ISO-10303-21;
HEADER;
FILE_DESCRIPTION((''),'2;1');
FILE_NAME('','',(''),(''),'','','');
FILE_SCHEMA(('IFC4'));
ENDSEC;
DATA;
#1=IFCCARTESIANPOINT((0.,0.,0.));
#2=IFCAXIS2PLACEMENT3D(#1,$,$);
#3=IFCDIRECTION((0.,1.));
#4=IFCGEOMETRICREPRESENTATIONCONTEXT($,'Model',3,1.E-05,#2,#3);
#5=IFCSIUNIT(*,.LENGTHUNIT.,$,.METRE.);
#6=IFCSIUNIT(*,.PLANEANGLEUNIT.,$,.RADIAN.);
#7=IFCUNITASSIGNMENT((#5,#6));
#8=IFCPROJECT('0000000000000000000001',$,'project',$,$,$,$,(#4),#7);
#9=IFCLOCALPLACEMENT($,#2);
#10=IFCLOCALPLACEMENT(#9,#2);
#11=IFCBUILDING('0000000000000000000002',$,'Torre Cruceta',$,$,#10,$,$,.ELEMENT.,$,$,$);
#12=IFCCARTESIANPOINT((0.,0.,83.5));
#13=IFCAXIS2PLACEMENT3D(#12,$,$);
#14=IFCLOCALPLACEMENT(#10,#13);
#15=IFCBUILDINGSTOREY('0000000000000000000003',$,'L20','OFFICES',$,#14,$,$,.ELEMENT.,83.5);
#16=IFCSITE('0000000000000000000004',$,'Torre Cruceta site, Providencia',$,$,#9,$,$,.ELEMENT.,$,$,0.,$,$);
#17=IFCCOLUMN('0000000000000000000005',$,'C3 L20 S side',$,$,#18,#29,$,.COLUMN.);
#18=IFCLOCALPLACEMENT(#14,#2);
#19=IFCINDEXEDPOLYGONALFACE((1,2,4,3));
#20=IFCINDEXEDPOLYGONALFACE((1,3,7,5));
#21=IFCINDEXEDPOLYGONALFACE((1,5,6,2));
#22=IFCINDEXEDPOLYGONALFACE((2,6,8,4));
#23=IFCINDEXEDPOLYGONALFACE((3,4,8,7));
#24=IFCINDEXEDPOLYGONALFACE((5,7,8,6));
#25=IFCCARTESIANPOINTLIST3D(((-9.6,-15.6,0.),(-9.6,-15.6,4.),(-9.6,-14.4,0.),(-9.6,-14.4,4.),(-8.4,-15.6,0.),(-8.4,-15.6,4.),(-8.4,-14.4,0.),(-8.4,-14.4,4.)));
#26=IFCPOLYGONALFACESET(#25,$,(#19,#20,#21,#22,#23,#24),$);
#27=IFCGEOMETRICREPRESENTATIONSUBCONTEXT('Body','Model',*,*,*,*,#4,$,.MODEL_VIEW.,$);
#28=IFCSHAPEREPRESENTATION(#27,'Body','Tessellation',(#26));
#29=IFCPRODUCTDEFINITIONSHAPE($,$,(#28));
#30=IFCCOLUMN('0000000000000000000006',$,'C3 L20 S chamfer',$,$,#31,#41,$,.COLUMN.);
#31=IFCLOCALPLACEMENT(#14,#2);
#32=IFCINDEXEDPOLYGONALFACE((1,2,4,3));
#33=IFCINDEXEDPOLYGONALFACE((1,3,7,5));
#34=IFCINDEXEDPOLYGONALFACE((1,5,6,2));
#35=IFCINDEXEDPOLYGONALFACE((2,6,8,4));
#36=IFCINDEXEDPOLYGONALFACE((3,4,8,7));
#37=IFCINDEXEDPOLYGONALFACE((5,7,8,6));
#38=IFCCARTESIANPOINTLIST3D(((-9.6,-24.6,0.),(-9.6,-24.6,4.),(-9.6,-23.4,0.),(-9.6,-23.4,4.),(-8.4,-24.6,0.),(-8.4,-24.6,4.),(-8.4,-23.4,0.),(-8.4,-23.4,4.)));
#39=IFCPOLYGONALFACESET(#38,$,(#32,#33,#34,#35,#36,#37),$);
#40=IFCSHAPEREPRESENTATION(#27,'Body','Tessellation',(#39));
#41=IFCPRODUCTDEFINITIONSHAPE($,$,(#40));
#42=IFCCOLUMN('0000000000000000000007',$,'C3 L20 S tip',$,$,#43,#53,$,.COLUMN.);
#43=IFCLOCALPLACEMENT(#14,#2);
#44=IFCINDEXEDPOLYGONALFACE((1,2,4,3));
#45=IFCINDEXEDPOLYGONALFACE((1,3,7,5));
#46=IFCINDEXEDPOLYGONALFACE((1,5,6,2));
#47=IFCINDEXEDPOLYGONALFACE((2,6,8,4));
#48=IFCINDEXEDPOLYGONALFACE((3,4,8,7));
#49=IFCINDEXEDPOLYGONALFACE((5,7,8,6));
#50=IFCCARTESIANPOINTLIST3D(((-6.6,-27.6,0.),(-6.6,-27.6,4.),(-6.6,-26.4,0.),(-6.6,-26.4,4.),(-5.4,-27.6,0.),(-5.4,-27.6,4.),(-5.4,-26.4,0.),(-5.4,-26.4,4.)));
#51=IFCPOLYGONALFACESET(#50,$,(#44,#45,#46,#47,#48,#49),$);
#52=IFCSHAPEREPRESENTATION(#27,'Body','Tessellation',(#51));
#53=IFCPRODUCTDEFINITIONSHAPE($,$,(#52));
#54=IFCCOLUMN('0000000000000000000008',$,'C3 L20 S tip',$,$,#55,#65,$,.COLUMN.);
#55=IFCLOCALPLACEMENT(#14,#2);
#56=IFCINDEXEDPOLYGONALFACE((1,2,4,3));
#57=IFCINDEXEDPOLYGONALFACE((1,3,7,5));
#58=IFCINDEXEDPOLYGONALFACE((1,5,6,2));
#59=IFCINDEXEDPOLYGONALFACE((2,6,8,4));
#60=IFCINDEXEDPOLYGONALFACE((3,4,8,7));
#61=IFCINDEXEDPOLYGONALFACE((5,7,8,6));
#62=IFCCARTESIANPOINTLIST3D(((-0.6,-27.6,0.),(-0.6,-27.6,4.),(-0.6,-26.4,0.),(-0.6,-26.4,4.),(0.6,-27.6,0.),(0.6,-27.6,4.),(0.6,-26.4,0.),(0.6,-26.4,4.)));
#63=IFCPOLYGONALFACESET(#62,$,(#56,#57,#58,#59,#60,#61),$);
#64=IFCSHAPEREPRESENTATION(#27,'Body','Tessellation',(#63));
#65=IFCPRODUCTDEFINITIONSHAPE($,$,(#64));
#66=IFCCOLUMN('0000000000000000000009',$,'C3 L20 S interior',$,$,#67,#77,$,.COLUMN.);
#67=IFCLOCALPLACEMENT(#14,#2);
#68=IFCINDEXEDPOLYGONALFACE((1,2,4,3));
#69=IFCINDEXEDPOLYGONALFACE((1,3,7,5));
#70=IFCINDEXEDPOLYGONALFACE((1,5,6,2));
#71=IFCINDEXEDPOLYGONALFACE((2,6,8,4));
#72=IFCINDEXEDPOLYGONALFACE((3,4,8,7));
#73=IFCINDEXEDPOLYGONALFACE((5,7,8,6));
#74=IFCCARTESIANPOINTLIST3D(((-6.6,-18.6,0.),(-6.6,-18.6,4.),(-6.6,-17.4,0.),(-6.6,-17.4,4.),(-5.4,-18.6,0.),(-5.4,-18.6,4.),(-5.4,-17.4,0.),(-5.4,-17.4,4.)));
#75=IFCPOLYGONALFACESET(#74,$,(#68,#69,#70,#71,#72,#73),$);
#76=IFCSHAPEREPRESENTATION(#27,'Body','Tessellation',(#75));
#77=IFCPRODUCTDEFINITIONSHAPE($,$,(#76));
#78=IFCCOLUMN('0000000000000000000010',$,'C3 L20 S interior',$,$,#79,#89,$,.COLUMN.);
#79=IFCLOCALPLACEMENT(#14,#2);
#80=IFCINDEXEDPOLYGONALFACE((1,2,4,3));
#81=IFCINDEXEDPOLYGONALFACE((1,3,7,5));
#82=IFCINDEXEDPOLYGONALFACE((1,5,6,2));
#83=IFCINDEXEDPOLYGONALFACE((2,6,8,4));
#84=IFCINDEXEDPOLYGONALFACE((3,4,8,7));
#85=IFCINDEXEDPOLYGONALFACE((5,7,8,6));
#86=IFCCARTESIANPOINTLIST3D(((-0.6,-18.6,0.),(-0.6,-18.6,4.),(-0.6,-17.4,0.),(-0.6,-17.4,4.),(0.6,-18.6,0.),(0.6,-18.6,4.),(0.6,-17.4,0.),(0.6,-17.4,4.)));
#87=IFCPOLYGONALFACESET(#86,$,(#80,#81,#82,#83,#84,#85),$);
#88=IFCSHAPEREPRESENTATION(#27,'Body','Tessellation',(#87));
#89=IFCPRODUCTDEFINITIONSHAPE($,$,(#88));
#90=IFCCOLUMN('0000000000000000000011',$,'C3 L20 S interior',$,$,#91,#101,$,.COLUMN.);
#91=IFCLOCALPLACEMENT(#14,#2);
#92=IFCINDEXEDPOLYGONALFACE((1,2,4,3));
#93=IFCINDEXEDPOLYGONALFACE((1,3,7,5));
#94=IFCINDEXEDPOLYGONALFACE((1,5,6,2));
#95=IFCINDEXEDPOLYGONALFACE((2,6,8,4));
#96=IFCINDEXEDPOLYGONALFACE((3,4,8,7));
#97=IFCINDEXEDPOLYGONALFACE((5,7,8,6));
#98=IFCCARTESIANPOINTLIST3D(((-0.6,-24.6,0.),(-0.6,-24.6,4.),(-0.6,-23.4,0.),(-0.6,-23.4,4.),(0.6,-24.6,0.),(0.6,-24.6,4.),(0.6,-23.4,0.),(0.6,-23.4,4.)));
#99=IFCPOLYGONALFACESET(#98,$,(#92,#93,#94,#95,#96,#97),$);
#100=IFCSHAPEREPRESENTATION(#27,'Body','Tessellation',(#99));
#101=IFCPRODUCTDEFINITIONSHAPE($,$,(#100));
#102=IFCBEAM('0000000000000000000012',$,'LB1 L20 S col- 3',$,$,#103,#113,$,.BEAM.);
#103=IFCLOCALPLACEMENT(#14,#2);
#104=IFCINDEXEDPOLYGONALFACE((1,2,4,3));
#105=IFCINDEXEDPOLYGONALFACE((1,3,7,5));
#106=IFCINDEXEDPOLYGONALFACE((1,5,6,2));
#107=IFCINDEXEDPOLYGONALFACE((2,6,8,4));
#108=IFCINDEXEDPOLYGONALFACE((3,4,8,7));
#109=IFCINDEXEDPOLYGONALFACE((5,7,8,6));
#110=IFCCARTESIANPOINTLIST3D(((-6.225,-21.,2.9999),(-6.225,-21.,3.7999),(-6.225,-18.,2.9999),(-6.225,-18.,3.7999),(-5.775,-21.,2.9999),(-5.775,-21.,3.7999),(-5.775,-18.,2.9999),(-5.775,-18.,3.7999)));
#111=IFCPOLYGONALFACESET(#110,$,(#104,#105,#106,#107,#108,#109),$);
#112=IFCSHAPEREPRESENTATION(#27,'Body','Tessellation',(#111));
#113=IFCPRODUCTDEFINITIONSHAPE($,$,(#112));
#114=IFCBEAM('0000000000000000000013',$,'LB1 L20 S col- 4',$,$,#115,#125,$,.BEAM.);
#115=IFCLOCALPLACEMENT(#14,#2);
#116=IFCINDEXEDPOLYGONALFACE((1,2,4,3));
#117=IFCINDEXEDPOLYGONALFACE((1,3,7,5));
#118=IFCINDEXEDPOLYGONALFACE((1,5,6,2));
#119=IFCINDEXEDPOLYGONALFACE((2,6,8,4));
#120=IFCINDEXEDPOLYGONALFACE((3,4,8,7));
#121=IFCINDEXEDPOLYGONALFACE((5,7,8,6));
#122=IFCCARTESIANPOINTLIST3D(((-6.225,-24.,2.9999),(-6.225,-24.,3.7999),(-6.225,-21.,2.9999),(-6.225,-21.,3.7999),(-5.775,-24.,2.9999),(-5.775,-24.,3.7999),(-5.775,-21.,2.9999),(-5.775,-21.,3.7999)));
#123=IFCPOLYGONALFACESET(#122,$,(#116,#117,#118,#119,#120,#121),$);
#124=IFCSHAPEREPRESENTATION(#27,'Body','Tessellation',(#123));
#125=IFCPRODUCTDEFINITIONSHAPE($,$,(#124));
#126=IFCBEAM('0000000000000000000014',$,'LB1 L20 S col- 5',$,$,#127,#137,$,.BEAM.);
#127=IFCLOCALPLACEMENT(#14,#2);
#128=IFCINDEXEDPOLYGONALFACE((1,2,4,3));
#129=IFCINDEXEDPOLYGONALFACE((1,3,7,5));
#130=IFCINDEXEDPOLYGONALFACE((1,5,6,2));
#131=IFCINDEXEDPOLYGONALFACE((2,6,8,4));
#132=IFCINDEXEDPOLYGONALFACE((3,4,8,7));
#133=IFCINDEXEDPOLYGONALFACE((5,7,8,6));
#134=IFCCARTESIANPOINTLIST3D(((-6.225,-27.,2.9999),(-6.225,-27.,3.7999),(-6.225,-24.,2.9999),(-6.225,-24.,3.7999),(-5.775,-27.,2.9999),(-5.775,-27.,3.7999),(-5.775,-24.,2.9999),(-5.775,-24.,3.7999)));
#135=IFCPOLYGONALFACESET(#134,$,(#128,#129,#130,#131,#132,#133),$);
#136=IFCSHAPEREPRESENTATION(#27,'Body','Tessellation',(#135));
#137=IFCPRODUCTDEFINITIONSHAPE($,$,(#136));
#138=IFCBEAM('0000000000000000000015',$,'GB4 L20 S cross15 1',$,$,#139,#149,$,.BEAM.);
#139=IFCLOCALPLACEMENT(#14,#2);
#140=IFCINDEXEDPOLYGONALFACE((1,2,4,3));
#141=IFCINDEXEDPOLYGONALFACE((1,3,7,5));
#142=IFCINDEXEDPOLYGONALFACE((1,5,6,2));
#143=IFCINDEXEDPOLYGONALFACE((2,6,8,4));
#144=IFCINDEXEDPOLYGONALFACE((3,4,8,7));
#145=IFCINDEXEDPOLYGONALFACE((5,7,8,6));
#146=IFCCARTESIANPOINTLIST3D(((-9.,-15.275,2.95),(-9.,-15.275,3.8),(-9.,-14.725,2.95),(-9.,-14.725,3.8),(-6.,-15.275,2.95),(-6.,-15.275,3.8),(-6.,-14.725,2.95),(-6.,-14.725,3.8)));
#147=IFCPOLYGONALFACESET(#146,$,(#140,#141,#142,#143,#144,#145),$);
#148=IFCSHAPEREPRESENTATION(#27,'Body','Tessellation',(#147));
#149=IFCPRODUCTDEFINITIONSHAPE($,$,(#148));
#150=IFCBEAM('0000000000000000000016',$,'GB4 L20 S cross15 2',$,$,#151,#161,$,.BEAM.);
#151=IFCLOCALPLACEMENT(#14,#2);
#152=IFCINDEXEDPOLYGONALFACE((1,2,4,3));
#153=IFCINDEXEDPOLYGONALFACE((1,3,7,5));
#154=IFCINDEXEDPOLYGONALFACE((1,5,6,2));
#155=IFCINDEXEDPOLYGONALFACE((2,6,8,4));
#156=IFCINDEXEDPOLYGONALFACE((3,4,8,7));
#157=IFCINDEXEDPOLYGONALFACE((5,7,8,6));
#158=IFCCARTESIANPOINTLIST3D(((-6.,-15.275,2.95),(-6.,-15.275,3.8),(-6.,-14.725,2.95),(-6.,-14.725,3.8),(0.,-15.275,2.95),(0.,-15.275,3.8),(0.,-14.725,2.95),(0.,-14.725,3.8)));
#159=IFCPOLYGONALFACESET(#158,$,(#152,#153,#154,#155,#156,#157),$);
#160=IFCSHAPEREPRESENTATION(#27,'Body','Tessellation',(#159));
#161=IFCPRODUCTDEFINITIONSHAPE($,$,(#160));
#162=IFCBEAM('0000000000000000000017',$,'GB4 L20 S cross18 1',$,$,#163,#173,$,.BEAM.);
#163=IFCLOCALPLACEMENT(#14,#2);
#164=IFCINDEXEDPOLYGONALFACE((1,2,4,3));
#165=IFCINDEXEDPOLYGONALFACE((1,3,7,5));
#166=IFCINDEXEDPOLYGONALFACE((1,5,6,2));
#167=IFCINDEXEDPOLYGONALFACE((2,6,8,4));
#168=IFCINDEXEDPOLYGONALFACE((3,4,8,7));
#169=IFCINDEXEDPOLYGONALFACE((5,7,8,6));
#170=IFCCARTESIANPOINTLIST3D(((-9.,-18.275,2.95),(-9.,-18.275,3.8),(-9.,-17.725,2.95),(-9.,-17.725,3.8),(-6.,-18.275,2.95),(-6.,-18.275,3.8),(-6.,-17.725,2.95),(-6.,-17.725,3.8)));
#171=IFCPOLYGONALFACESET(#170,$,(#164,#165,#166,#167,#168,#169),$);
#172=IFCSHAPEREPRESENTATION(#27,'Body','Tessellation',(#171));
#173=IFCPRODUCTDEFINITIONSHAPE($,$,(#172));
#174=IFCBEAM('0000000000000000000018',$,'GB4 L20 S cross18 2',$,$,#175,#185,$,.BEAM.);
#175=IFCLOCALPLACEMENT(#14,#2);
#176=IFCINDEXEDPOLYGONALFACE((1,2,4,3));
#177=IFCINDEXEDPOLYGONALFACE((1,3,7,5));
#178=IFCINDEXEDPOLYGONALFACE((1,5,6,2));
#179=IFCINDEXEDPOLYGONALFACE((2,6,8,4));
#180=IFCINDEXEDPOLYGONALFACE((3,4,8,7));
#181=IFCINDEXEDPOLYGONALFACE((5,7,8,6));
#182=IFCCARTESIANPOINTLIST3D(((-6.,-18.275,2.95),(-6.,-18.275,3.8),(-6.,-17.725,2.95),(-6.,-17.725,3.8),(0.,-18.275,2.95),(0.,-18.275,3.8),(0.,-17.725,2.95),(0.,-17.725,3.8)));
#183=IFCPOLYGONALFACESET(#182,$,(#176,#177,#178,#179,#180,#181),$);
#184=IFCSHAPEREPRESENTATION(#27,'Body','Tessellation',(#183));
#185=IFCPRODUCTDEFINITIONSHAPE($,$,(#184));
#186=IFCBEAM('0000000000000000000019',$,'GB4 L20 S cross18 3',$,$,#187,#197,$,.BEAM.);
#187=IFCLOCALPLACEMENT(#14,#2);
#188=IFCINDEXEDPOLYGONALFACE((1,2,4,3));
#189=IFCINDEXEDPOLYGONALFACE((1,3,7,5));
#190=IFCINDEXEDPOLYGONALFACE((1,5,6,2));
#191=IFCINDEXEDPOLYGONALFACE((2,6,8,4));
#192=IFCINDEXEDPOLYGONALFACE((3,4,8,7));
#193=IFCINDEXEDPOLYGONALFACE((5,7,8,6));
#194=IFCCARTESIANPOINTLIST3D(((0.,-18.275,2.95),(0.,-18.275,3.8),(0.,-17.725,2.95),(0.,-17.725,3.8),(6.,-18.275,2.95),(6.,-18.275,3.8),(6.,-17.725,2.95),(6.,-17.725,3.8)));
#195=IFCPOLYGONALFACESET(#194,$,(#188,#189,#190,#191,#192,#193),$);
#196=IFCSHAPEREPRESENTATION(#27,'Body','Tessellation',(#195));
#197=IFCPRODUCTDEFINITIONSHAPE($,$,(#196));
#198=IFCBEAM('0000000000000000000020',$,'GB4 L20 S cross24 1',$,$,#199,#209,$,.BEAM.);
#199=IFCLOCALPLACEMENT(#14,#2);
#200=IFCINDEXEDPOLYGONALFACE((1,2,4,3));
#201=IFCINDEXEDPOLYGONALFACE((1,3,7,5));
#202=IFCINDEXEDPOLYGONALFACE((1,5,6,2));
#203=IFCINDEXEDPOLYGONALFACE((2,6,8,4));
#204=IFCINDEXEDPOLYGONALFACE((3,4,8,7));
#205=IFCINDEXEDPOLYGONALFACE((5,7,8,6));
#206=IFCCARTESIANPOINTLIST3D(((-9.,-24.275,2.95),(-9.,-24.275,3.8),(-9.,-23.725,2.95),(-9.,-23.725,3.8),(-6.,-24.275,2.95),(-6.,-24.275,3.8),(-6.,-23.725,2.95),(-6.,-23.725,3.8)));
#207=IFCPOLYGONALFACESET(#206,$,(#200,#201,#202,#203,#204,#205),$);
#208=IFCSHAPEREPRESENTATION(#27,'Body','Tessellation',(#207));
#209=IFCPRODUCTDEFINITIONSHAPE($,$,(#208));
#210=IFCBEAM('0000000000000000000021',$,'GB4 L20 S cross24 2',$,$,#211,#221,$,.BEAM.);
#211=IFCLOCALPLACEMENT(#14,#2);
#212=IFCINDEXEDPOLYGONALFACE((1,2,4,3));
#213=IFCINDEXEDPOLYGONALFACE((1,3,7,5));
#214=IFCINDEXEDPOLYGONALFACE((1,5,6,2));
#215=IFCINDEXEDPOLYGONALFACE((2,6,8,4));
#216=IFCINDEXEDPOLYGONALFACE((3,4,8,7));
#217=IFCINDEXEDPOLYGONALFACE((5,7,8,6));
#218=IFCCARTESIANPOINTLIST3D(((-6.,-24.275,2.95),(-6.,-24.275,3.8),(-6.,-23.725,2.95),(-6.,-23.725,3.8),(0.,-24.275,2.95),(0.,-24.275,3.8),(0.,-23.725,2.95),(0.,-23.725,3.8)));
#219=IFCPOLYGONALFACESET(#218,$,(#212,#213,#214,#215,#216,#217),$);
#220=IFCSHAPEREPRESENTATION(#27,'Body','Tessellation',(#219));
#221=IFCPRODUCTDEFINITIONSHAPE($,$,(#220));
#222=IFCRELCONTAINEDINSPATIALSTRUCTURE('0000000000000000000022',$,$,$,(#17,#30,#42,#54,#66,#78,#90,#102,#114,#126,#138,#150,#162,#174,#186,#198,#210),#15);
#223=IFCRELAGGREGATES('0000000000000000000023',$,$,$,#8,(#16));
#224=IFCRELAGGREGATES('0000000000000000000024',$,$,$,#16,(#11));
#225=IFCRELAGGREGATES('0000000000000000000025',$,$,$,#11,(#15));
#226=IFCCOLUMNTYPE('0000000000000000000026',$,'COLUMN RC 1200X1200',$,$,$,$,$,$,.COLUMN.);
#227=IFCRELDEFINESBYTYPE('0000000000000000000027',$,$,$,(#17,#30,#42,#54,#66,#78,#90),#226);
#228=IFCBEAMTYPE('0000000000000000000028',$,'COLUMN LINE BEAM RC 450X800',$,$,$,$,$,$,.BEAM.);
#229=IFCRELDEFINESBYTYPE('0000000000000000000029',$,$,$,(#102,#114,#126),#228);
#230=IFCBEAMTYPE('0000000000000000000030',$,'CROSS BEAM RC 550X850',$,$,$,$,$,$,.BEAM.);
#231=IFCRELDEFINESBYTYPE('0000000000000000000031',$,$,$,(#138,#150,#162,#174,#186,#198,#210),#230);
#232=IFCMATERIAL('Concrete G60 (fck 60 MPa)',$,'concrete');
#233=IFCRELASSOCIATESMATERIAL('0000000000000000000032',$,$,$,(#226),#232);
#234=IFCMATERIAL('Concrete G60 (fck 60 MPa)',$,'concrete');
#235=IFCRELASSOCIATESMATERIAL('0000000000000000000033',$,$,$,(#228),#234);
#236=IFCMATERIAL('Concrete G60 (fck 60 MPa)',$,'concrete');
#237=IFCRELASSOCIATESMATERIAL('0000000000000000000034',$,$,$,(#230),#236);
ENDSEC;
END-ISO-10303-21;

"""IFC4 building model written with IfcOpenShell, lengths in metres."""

from ifc_helpers import new_model, si_unit, direction, frame, origin, origin_2d, place, context, subcontext, project, spatial, rectangle, extrude, material, material_profile, profile_set, type_object, element, save


model = new_model("IFC4")

# Units and contexts
model_context = context("Model", 3, precision=1e-05, world=origin(), true_north=direction((0.0, 1.0)))
body_context = subcontext(model_context, "Body", "Model", "MODEL_VIEW")
ifc_project = project(units=[si_unit("LENGTHUNIT", "METRE"), si_unit("PLANEANGLEUNIT", "RADIAN")], contexts=[model_context])

# Site, building, storey
site_placement = place(None, origin())
site = spatial("IfcSite", under=ifc_project, at=site_placement, Name="Torre Cruceta site, Providencia", CompositionType="ELEMENT", RefElevation=0.0)
building_placement = place(site_placement, origin())
building = spatial("IfcBuilding", under=site, at=building_placement, Name="Torre Cruceta", CompositionType="ELEMENT")
storey_placement = place(building_placement, frame((0.0, 0.0, 83.5)))
storey = spatial("IfcBuildingStorey", under=building, at=storey_placement, Name="L20", Description="OFFICES", CompositionType="ELEMENT", Elevation=83.5)

# Columns
ifc_material_1 = material(Name="Concrete G60 (fck 60 MPa)", Category="concrete")
ifc_material_profile_1 = material_profile(ifc_material_1, rectangle(XDim=1.2, YDim=1.2, at=origin_2d()), Name="RC 1200X1200")
ifc_profile_set_1 = profile_set([ifc_material_profile_1], Name="Concrete G60 (fck 60 MPa)")
column_type = type_object("IfcColumnType", Name="COLUMN RC 1200X1200", PredefinedType="COLUMN", material=ifc_profile_set_1)
for number, where, z_axis, x_axis, name in (
    (1, (-9.0, -15.0, 0.0), (0.0, 0.0, 1.0), (1.0, 0.0, 0.0), "C3 L20 S side"),
    (2, (-9.0, -24.0, 0.0), (0.0, 0.0, 1.0), (1.0, 0.0, 0.0), "C3 L20 S chamfer"),
    (3, (-6.0, -27.0, 0.0), (0.0, 0.0, 1.0), (1.0, 0.0, 0.0), "C3 L20 S tip"),
    (4, (0.0, -27.0, 0.0), (0.0, 0.0, 1.0), (1.0, 0.0, 0.0), "C3 L20 S tip"),
    (5, (-6.0, -18.0, 0.0), (0.0, 0.0, 1.0), (1.0, 0.0, 0.0), "C3 L20 S interior"),
    (6, (0.0, -18.0, 0.0), (0.0, 0.0, 1.0), (1.0, 0.0, 0.0), "C3 L20 S interior"),
    (7, (0.0, -24.0, 0.0), (0.0, 0.0, 1.0), (1.0, 0.0, 0.0), "C3 L20 S interior"),
):
    element("IfcColumn", number, at=place(storey_placement, frame(where, z_axis=z_axis, x_axis=x_axis)), inside=storey, type_object=column_type, Name=name, PredefinedType="COLUMN", context=body_context, shape_type="SweptSolid", body=[
        extrude(rectangle(XDim=1.2, YDim=1.2, at=origin_2d()), origin(), (0.0, 0.0, 1.0), 4.0),
    ])

# Beams
ifc_material_2 = material(Name="Concrete G60 (fck 60 MPa)", Category="concrete")
ifc_material_profile_2 = material_profile(ifc_material_2, rectangle(XDim=0.45, YDim=0.8, at=origin_2d()), Name="RC 450X800")
ifc_profile_set_2 = profile_set([ifc_material_profile_2], Name="Concrete G60 (fck 60 MPa)")
beam_type_1 = type_object("IfcBeamType", Name="COLUMN LINE BEAM RC 450X800", PredefinedType="BEAM", material=ifc_profile_set_2)
for number, where, z_axis, x_axis, name in (
    (8, (-6.0, -18.0, 3.3999), (0.0, -1.0, 0.0), (1.0, 0.0, 0.0), "LB1 L20 S col- 3"),
    (9, (-6.0, -21.0, 3.3999), (0.0, -1.0, 0.0), (1.0, 0.0, 0.0), "LB1 L20 S col- 4"),
    (10, (-6.0, -24.0, 3.3999), (0.0, -1.0, 0.0), (1.0, 0.0, 0.0), "LB1 L20 S col- 5"),
):
    element("IfcBeam", number, at=place(storey_placement, frame(where, z_axis=z_axis, x_axis=x_axis)), inside=storey, type_object=beam_type_1, Name=name, PredefinedType="BEAM", context=body_context, shape_type="SweptSolid", body=[
        extrude(rectangle(XDim=0.45, YDim=0.8, at=origin_2d()), origin(), (0.0, 0.0, 1.0), 3.0),
    ])
ifc_material_3 = material(Name="Concrete G60 (fck 60 MPa)", Category="concrete")
ifc_material_profile_3 = material_profile(ifc_material_3, rectangle(XDim=0.55, YDim=0.8501, at=origin_2d()), Name="RC 550X850")
ifc_profile_set_3 = profile_set([ifc_material_profile_3], Name="Concrete G60 (fck 60 MPa)")
beam_type_2 = type_object("IfcBeamType", Name="CROSS BEAM RC 550X850", PredefinedType="BEAM", material=ifc_profile_set_3)
beam_1_placement = place(storey_placement, frame((-9.0, -15.0, 3.375), z_axis=(1.0, 0.0, 0.0), x_axis=(0.0, 1.0, 0.0)))
element("IfcBeam", 11, at=beam_1_placement, inside=storey, type_object=beam_type_2, Name="GB4 L20 S cross15 1", PredefinedType="BEAM", context=body_context, shape_type="SweptSolid", body=[
    extrude(rectangle(XDim=0.55, YDim=0.8501, at=origin_2d()), origin(), (0.0, 0.0, 1.0), 3.0),
])
beam_2_placement = place(storey_placement, frame((-6.0, -15.0, 3.375), z_axis=(1.0, 0.0, 0.0), x_axis=(0.0, 1.0, 0.0)))
element("IfcBeam", 12, at=beam_2_placement, inside=storey, type_object=beam_type_2, Name="GB4 L20 S cross15 2", PredefinedType="BEAM", context=body_context, shape_type="SweptSolid", body=[
    extrude(rectangle(XDim=0.55, YDim=0.8501, at=origin_2d()), origin(), (0.0, 0.0, 1.0), 6.0),
])
beam_3_placement = place(storey_placement, frame((-9.0, -18.0, 3.375), z_axis=(1.0, 0.0, 0.0), x_axis=(0.0, 1.0, 0.0)))
element("IfcBeam", 13, at=beam_3_placement, inside=storey, type_object=beam_type_2, Name="GB4 L20 S cross18 1", PredefinedType="BEAM", context=body_context, shape_type="SweptSolid", body=[
    extrude(rectangle(XDim=0.55, YDim=0.8501, at=origin_2d()), origin(), (0.0, 0.0, 1.0), 3.0),
])
for number, where, z_axis, x_axis, name in (
    (14, (-6.0, -18.0, 3.375), (1.0, 0.0, 0.0), (0.0, 1.0, 0.0), "GB4 L20 S cross18 2"),
    (15, (0.0, -18.0, 3.375), (1.0, 0.0, 0.0), (0.0, 1.0, 0.0), "GB4 L20 S cross18 3"),
):
    element("IfcBeam", number, at=place(storey_placement, frame(where, z_axis=z_axis, x_axis=x_axis)), inside=storey, type_object=beam_type_2, Name=name, PredefinedType="BEAM", context=body_context, shape_type="SweptSolid", body=[
        extrude(rectangle(XDim=0.55, YDim=0.8501, at=origin_2d()), origin(), (0.0, 0.0, 1.0), 6.0),
    ])
beam_4_placement = place(storey_placement, frame((-9.0, -24.0, 3.375), z_axis=(1.0, 0.0, 0.0), x_axis=(0.0, 1.0, 0.0)))
element("IfcBeam", 16, at=beam_4_placement, inside=storey, type_object=beam_type_2, Name="GB4 L20 S cross24 1", PredefinedType="BEAM", context=body_context, shape_type="SweptSolid", body=[
    extrude(rectangle(XDim=0.55, YDim=0.8501, at=origin_2d()), origin(), (0.0, 0.0, 1.0), 3.0),
])
for number, where, z_axis, x_axis, name in (
    (17, (-6.0, -24.0, 3.375), (1.0, 0.0, 0.0), (0.0, 1.0, 0.0), "GB4 L20 S cross24 2"),
):
    element("IfcBeam", number, at=place(storey_placement, frame(where, z_axis=z_axis, x_axis=x_axis)), inside=storey, type_object=beam_type_2, Name=name, PredefinedType="BEAM", context=body_context, shape_type="SweptSolid", body=[
        extrude(rectangle(XDim=0.55, YDim=0.8501, at=origin_2d()), origin(), (0.0, 0.0, 1.0), 6.0),
    ])

save(model, "model.ifc")
